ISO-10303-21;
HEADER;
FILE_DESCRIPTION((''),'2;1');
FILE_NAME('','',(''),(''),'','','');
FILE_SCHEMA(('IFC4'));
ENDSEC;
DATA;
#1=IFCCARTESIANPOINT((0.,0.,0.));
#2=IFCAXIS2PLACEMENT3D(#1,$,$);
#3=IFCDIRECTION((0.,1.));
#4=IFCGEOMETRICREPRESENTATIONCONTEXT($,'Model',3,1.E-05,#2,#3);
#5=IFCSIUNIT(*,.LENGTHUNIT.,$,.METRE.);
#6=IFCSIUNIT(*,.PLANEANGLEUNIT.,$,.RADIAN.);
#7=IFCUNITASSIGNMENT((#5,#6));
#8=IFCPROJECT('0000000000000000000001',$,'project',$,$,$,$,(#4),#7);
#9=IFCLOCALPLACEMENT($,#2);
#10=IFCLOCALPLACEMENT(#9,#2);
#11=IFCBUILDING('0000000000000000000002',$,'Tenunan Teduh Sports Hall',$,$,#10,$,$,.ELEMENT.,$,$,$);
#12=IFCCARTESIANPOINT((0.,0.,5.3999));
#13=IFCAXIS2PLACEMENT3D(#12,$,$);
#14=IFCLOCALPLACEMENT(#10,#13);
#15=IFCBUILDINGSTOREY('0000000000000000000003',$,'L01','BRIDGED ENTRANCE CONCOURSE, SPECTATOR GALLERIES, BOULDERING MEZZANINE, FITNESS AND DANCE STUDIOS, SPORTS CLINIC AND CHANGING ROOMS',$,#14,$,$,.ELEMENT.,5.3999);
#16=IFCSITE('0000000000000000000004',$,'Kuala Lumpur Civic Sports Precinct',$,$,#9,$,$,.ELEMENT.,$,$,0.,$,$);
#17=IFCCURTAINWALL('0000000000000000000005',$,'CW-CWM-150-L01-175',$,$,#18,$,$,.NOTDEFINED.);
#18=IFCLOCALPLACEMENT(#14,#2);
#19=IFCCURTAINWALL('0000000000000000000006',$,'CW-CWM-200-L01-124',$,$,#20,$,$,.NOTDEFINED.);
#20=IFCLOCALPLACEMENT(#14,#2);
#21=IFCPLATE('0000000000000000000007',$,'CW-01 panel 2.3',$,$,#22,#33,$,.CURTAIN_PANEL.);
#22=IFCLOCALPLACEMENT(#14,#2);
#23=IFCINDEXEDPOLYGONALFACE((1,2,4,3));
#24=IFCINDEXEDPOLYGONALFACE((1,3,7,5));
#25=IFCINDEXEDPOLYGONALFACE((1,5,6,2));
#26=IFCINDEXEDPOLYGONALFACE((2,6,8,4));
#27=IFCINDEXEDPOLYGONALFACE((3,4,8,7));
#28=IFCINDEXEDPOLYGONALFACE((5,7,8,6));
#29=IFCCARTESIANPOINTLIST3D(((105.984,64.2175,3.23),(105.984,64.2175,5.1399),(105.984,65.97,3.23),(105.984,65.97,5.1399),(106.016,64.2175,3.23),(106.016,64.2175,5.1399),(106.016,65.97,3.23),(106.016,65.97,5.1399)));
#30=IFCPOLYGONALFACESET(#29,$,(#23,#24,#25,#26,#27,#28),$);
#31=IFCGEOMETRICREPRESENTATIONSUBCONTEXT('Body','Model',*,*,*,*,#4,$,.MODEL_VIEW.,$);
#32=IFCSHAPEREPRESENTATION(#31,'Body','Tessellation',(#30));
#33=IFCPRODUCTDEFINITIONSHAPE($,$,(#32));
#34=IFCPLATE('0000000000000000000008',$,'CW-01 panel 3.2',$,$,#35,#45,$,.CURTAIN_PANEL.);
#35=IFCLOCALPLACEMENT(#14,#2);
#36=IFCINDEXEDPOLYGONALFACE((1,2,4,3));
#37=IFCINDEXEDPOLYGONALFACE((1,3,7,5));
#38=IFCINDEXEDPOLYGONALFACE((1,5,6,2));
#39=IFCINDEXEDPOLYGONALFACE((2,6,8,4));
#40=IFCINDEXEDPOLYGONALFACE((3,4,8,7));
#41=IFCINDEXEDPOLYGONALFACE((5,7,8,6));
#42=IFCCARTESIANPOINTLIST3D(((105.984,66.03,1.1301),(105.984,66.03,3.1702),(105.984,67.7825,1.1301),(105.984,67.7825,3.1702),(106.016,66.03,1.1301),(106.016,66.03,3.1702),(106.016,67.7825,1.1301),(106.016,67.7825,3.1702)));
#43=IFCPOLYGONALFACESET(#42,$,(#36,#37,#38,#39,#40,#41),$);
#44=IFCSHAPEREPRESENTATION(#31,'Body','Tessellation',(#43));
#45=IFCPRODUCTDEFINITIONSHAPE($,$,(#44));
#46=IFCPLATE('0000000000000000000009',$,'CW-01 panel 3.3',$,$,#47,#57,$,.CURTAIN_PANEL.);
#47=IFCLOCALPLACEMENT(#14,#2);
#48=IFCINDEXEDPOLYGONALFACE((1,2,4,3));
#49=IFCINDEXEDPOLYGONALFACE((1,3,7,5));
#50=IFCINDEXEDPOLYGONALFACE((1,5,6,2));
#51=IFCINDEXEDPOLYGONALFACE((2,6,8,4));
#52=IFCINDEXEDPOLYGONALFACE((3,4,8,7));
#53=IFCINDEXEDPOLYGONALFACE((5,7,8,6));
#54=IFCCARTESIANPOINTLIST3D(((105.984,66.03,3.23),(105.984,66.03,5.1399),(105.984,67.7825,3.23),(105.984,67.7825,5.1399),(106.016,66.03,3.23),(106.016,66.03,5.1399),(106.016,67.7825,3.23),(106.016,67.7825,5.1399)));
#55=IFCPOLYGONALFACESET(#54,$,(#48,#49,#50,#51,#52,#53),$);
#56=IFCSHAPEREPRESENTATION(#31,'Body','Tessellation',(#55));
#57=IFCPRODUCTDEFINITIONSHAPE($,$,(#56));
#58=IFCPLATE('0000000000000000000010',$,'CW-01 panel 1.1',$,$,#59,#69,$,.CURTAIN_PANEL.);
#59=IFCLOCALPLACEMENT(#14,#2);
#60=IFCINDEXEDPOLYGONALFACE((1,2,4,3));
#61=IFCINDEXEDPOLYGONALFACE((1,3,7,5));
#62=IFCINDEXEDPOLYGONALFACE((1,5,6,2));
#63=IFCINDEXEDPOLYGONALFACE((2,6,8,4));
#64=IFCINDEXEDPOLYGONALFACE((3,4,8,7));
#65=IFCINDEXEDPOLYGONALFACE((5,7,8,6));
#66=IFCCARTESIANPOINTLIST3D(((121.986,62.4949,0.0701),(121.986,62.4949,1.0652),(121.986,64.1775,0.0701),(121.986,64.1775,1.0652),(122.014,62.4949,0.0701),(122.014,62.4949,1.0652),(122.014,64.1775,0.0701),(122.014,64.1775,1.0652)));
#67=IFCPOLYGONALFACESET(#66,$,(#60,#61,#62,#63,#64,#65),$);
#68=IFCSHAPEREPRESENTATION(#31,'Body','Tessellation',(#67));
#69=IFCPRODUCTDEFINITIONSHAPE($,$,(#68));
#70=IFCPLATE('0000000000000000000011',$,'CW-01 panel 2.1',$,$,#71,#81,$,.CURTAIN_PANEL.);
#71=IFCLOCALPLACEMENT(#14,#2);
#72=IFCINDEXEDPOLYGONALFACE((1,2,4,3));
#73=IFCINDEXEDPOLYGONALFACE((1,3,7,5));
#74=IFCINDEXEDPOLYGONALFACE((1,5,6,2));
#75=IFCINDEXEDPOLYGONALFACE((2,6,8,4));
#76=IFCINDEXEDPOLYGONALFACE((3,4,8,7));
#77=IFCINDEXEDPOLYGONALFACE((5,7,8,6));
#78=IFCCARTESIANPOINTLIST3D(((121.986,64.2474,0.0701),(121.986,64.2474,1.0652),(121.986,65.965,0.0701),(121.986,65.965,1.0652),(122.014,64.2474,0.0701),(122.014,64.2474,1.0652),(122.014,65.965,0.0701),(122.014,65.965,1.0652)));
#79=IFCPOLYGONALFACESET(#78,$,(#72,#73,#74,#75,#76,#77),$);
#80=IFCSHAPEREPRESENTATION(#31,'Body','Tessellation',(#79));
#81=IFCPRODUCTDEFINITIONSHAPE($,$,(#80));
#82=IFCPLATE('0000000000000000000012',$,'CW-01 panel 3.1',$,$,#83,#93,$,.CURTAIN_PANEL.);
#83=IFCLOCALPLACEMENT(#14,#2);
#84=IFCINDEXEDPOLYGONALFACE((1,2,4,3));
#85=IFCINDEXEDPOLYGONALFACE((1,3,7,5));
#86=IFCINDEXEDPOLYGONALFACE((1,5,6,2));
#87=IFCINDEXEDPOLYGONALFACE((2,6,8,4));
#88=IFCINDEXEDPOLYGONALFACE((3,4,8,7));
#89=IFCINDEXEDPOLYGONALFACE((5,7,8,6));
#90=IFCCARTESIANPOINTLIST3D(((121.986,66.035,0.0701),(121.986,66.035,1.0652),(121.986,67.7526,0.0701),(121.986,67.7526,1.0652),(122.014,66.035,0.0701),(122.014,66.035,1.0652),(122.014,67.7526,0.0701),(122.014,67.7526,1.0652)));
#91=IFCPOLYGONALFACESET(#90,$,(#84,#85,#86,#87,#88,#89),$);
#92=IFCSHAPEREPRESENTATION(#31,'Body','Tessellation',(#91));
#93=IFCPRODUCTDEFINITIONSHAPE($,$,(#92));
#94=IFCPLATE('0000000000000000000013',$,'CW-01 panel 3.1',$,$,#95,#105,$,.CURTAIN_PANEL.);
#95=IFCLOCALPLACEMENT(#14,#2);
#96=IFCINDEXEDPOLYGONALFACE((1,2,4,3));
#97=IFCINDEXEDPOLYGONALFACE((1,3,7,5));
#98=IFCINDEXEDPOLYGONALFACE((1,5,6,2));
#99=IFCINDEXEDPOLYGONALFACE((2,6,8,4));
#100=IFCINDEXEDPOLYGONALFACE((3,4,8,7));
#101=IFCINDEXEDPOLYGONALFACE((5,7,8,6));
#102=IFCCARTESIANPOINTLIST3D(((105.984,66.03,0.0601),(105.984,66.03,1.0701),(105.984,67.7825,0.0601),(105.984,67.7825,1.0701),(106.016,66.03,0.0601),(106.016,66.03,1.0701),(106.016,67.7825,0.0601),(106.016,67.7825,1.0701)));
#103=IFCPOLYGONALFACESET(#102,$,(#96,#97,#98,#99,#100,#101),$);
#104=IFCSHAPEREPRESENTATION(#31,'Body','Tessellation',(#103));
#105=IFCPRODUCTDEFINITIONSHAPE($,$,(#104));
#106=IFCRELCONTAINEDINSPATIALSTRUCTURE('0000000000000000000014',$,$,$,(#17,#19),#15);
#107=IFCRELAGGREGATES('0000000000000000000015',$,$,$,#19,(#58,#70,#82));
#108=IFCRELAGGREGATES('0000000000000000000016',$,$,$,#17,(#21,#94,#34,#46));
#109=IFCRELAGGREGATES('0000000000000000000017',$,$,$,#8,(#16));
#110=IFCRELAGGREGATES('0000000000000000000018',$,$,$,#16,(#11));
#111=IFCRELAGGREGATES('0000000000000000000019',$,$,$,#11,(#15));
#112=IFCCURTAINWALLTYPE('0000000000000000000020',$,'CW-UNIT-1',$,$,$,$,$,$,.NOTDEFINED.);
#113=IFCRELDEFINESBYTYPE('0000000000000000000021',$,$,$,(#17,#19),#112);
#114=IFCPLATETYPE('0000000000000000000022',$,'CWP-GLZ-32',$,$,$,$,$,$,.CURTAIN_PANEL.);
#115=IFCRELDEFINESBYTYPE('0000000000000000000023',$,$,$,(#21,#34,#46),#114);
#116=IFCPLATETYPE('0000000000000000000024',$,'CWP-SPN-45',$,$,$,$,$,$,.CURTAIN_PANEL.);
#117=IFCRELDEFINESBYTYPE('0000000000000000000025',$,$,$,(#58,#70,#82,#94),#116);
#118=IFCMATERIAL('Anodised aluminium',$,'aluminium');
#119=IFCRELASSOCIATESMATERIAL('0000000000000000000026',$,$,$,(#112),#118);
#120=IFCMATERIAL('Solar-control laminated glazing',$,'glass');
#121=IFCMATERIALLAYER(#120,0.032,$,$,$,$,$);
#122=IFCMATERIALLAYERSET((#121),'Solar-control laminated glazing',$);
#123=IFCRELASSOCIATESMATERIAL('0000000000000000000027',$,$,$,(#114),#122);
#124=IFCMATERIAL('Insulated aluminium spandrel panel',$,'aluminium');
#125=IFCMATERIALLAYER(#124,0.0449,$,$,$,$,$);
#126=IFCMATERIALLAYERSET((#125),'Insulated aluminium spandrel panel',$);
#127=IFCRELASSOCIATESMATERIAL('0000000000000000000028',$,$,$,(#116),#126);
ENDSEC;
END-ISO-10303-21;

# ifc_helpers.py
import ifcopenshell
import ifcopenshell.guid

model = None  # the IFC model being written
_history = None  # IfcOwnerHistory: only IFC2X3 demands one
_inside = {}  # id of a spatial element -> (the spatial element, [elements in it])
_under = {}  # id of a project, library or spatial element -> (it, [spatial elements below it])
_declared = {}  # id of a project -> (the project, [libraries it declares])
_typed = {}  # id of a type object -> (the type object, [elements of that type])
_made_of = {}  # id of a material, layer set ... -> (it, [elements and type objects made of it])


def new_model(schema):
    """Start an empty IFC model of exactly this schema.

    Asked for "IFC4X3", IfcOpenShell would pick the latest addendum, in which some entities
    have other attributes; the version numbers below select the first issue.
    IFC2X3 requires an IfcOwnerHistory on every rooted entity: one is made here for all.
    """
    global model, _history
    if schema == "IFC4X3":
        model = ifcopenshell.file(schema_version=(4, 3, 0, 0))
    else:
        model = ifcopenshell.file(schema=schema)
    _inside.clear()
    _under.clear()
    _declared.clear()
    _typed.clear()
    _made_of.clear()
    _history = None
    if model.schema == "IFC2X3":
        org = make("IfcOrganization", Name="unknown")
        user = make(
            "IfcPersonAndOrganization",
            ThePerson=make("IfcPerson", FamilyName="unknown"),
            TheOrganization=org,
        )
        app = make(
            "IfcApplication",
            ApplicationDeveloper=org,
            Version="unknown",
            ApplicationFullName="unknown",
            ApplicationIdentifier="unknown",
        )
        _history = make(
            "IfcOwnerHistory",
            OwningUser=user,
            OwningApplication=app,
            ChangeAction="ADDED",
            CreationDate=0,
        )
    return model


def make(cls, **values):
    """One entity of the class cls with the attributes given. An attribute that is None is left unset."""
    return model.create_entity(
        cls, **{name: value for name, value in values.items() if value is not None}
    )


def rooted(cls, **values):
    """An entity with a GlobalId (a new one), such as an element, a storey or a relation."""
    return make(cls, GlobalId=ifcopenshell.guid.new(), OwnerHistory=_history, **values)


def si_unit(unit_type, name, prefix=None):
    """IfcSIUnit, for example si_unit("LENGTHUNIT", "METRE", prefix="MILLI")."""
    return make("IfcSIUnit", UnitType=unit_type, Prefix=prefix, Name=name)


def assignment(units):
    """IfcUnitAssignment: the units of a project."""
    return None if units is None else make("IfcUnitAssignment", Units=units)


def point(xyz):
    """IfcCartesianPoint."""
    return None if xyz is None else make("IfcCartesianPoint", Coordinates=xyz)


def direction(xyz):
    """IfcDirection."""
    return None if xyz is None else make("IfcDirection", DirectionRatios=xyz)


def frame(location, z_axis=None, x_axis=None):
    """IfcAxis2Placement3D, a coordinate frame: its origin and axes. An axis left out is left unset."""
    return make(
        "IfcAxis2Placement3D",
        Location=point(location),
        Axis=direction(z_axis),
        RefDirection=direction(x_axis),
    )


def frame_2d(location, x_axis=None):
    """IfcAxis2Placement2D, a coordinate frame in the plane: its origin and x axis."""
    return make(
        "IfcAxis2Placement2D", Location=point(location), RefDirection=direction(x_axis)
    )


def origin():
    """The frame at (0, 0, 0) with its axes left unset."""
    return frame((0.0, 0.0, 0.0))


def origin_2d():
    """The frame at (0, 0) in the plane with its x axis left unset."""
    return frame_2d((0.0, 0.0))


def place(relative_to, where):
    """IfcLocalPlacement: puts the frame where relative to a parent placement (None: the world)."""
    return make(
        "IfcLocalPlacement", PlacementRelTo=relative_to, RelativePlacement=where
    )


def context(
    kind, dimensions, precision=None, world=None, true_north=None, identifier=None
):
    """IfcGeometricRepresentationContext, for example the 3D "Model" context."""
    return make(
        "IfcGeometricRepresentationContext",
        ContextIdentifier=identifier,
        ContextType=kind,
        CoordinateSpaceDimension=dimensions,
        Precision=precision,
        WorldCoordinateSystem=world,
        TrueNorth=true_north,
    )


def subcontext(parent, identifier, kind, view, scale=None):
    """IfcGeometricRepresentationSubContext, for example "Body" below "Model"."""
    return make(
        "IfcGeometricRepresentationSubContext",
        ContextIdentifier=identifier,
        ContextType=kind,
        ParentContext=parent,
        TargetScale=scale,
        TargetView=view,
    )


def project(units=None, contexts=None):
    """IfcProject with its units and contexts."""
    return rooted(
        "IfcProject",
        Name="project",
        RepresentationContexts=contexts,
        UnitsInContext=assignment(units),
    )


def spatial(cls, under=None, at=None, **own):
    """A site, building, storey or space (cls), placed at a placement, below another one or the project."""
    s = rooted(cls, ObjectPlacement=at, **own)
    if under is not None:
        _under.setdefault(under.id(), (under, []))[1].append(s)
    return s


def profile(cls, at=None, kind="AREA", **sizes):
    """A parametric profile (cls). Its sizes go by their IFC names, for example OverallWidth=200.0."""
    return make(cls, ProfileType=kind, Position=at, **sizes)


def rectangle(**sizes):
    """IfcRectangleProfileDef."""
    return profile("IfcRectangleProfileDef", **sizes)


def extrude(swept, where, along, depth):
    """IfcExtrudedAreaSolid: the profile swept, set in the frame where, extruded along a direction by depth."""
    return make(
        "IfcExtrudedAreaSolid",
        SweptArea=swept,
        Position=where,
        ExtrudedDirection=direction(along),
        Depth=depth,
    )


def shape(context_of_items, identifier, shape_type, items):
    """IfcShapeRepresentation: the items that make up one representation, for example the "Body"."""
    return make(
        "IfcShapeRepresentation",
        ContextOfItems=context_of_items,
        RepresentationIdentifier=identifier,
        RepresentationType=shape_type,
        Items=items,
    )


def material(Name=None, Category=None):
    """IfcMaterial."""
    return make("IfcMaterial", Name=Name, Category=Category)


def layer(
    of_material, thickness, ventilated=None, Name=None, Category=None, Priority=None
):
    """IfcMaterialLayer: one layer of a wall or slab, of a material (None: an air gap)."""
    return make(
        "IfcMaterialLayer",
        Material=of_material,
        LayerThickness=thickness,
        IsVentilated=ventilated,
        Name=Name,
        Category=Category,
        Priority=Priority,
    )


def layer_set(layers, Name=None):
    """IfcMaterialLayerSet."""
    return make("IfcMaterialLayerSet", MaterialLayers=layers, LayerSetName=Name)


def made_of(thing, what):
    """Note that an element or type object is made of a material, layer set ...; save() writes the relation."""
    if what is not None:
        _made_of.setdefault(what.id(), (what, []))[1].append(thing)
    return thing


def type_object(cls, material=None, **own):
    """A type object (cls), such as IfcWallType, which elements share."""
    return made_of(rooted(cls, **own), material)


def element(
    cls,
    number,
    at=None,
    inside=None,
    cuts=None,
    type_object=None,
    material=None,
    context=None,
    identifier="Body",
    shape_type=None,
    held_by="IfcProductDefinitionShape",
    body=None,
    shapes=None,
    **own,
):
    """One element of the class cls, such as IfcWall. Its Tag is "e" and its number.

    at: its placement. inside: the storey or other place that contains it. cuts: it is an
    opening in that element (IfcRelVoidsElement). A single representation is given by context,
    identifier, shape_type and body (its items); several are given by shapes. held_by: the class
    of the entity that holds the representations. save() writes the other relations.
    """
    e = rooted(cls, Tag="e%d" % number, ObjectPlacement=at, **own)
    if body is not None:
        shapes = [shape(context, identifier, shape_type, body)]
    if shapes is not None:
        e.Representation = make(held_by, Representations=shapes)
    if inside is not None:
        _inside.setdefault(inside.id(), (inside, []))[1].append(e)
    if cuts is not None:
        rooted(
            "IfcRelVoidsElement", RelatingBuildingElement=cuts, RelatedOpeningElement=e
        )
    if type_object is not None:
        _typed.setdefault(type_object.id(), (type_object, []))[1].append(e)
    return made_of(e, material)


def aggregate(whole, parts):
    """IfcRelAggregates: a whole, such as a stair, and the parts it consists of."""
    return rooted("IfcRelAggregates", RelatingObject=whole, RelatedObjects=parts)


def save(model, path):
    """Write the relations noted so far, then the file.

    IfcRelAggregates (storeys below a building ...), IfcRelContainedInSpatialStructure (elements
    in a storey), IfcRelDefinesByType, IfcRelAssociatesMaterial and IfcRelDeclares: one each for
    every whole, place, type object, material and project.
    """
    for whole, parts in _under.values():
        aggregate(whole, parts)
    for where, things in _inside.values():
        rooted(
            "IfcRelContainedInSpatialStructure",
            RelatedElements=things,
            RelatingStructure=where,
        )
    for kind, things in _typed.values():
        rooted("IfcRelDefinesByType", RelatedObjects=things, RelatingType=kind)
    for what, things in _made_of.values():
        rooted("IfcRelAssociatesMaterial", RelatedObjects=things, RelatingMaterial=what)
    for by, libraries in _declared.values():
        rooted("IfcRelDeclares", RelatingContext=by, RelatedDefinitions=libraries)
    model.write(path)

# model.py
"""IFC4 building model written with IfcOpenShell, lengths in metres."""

from ifc_helpers import new_model, si_unit, direction, frame, origin, origin_2d, place, context, subcontext, project, spatial, rectangle, extrude, material, layer, layer_set, type_object, element, aggregate, save


model = new_model("IFC4")

# Units and contexts
model_context = context("Model", 3, precision=1e-05, world=origin(), true_north=direction((0.0, 1.0)))
body_context = subcontext(model_context, "Body", "Model", "MODEL_VIEW")
ifc_project = project(units=[si_unit("LENGTHUNIT", "METRE"), si_unit("PLANEANGLEUNIT", "RADIAN")], contexts=[model_context])

# Site, building, storey
site_placement = place(None, origin())
site = spatial("IfcSite", under=ifc_project, at=site_placement, Name="Kuala Lumpur Civic Sports Precinct", CompositionType="ELEMENT", RefElevation=0.0)
building_placement = place(site_placement, origin())
building = spatial("IfcBuilding", under=site, at=building_placement, Name="Tenunan Teduh Sports Hall", CompositionType="ELEMENT")
storey_placement = place(building_placement, frame((0.0, 0.0, 5.3999)))
storey = spatial("IfcBuildingStorey", under=building, at=storey_placement, Name="L01", Description="BRIDGED ENTRANCE CONCOURSE, SPECTATOR GALLERIES, BOULDERING MEZZANINE, FITNESS AND DANCE STUDIOS, SPORTS CLINIC AND CHANGING ROOMS", CompositionType="ELEMENT", Elevation=5.3999)

# Curtain wall
ifc_material_1 = material(Name="Anodised aluminium", Category="aluminium")
curtain_wall_type = type_object("IfcCurtainWallType", Name="CW-UNIT-1", PredefinedType="NOTDEFINED", material=ifc_material_1)
curtain_wall_1_placement = place(storey_placement, origin())
curtain_wall_1 = element("IfcCurtainWall", 1, at=curtain_wall_1_placement, inside=storey, type_object=curtain_wall_type, Name="CW-CWM-150-L01-175", PredefinedType="NOTDEFINED")

# Curtain wall
curtain_wall_2_placement = place(storey_placement, origin())
curtain_wall_2 = element("IfcCurtainWall", 2, at=curtain_wall_2_placement, inside=storey, type_object=curtain_wall_type, Name="CW-CWM-200-L01-124", PredefinedType="NOTDEFINED")

# Plates
ifc_material_2 = material(Name="Solar-control laminated glazing", Category="glass")
ifc_layer_1 = layer(ifc_material_2, 0.032)
ifc_layer_set_1 = layer_set([ifc_layer_1], Name="Solar-control laminated glazing")
plate_type_1 = type_object("IfcPlateType", Name="CWP-GLZ-32", PredefinedType="CURTAIN_PANEL", material=ifc_layer_set_1)
plate_1_placement = place(storey_placement, frame((106.0, 65.0938, 3.23), z_axis=(0.0, 0.0, 1.0), x_axis=(0.0, 1.0, 0.0)))
plate_1 = element("IfcPlate", 3, at=plate_1_placement, type_object=plate_type_1, Name="CW-01 panel 2.3", PredefinedType="CURTAIN_PANEL", context=body_context, shape_type="SweptSolid", body=[
    extrude(rectangle(XDim=1.7524, YDim=0.032, at=origin_2d()), origin(), (0.0, 0.0, 1.0), 1.9099),
])
plate_2_placement = place(storey_placement, frame((106.0, 66.9062, 1.1301), z_axis=(0.0, 0.0, 1.0), x_axis=(0.0, 1.0, 0.0)))
plate_2 = element("IfcPlate", 4, at=plate_2_placement, type_object=plate_type_1, Name="CW-01 panel 3.2", PredefinedType="CURTAIN_PANEL", context=body_context, shape_type="SweptSolid", body=[
    extrude(rectangle(XDim=1.7524, YDim=0.032, at=origin_2d()), origin(), (0.0, 0.0, 1.0), 2.04),
])
plate_3_placement = place(storey_placement, frame((106.0, 66.9062, 3.23), z_axis=(0.0, 0.0, 1.0), x_axis=(0.0, 1.0, 0.0)))
plate_3 = element("IfcPlate", 5, at=plate_3_placement, type_object=plate_type_1, Name="CW-01 panel 3.3", PredefinedType="CURTAIN_PANEL", context=body_context, shape_type="SweptSolid", body=[
    extrude(rectangle(XDim=1.7524, YDim=0.032, at=origin_2d()), origin(), (0.0, 0.0, 1.0), 1.9099),
])
ifc_material_3 = material(Name="Insulated aluminium spandrel panel", Category="aluminium")
ifc_layer_2 = layer(ifc_material_3, 0.0449)
ifc_layer_set_2 = layer_set([ifc_layer_2], Name="Insulated aluminium spandrel panel")
plate_type_2 = type_object("IfcPlateType", Name="CWP-SPN-45", PredefinedType="CURTAIN_PANEL", material=ifc_layer_set_2)
plate_4_placement = place(storey_placement, frame((122.0, 63.3362, 0.0701), z_axis=(0.0, 0.0, 1.0), x_axis=(0.0, 1.0, 0.0)))
plate_4 = element("IfcPlate", 6, at=plate_4_placement, type_object=plate_type_2, Name="CW-01 panel 1.1", PredefinedType="CURTAIN_PANEL", context=body_context, shape_type="SweptSolid", body=[
    extrude(rectangle(XDim=1.6826, YDim=0.0281, at=origin_2d()), origin(), (0.0, 0.0, 1.0), 0.9951),
])
plate_5_placement = place(storey_placement, frame((122.0, 65.1062, 0.0701), z_axis=(0.0, 0.0, 1.0), x_axis=(0.0, 1.0, 0.0)))
plate_5 = element("IfcPlate", 7, at=plate_5_placement, type_object=plate_type_2, Name="CW-01 panel 2.1", PredefinedType="CURTAIN_PANEL", context=body_context, shape_type="SweptSolid", body=[
    extrude(rectangle(XDim=1.7175, YDim=0.0281, at=origin_2d()), origin(), (0.0, 0.0, 1.0), 0.9951),
])
plate_6_placement = place(storey_placement, frame((122.0, 66.8938, 0.0701), z_axis=(0.0, 0.0, 1.0), x_axis=(0.0, 1.0, 0.0)))
plate_6 = element("IfcPlate", 8, at=plate_6_placement, type_object=plate_type_2, Name="CW-01 panel 3.1", PredefinedType="CURTAIN_PANEL", context=body_context, shape_type="SweptSolid", body=[
    extrude(rectangle(XDim=1.7175, YDim=0.0281, at=origin_2d()), origin(), (0.0, 0.0, 1.0), 0.9951),
])
aggregate(curtain_wall_2, [plate_4, plate_5, plate_6])
plate_7_placement = place(storey_placement, frame((106.0, 66.9062, 0.0601), z_axis=(0.0, 0.0, 1.0), x_axis=(0.0, 1.0, 0.0)))
plate_7 = element("IfcPlate", 9, at=plate_7_placement, type_object=plate_type_2, Name="CW-01 panel 3.1", PredefinedType="CURTAIN_PANEL", context=body_context, shape_type="SweptSolid", body=[
    extrude(rectangle(XDim=1.7524, YDim=0.032, at=origin_2d()), origin(), (0.0, 0.0, 1.0), 1.01),
])
aggregate(curtain_wall_1, [plate_1, plate_7, plate_2, plate_3])

save(model, "model.ifc")
